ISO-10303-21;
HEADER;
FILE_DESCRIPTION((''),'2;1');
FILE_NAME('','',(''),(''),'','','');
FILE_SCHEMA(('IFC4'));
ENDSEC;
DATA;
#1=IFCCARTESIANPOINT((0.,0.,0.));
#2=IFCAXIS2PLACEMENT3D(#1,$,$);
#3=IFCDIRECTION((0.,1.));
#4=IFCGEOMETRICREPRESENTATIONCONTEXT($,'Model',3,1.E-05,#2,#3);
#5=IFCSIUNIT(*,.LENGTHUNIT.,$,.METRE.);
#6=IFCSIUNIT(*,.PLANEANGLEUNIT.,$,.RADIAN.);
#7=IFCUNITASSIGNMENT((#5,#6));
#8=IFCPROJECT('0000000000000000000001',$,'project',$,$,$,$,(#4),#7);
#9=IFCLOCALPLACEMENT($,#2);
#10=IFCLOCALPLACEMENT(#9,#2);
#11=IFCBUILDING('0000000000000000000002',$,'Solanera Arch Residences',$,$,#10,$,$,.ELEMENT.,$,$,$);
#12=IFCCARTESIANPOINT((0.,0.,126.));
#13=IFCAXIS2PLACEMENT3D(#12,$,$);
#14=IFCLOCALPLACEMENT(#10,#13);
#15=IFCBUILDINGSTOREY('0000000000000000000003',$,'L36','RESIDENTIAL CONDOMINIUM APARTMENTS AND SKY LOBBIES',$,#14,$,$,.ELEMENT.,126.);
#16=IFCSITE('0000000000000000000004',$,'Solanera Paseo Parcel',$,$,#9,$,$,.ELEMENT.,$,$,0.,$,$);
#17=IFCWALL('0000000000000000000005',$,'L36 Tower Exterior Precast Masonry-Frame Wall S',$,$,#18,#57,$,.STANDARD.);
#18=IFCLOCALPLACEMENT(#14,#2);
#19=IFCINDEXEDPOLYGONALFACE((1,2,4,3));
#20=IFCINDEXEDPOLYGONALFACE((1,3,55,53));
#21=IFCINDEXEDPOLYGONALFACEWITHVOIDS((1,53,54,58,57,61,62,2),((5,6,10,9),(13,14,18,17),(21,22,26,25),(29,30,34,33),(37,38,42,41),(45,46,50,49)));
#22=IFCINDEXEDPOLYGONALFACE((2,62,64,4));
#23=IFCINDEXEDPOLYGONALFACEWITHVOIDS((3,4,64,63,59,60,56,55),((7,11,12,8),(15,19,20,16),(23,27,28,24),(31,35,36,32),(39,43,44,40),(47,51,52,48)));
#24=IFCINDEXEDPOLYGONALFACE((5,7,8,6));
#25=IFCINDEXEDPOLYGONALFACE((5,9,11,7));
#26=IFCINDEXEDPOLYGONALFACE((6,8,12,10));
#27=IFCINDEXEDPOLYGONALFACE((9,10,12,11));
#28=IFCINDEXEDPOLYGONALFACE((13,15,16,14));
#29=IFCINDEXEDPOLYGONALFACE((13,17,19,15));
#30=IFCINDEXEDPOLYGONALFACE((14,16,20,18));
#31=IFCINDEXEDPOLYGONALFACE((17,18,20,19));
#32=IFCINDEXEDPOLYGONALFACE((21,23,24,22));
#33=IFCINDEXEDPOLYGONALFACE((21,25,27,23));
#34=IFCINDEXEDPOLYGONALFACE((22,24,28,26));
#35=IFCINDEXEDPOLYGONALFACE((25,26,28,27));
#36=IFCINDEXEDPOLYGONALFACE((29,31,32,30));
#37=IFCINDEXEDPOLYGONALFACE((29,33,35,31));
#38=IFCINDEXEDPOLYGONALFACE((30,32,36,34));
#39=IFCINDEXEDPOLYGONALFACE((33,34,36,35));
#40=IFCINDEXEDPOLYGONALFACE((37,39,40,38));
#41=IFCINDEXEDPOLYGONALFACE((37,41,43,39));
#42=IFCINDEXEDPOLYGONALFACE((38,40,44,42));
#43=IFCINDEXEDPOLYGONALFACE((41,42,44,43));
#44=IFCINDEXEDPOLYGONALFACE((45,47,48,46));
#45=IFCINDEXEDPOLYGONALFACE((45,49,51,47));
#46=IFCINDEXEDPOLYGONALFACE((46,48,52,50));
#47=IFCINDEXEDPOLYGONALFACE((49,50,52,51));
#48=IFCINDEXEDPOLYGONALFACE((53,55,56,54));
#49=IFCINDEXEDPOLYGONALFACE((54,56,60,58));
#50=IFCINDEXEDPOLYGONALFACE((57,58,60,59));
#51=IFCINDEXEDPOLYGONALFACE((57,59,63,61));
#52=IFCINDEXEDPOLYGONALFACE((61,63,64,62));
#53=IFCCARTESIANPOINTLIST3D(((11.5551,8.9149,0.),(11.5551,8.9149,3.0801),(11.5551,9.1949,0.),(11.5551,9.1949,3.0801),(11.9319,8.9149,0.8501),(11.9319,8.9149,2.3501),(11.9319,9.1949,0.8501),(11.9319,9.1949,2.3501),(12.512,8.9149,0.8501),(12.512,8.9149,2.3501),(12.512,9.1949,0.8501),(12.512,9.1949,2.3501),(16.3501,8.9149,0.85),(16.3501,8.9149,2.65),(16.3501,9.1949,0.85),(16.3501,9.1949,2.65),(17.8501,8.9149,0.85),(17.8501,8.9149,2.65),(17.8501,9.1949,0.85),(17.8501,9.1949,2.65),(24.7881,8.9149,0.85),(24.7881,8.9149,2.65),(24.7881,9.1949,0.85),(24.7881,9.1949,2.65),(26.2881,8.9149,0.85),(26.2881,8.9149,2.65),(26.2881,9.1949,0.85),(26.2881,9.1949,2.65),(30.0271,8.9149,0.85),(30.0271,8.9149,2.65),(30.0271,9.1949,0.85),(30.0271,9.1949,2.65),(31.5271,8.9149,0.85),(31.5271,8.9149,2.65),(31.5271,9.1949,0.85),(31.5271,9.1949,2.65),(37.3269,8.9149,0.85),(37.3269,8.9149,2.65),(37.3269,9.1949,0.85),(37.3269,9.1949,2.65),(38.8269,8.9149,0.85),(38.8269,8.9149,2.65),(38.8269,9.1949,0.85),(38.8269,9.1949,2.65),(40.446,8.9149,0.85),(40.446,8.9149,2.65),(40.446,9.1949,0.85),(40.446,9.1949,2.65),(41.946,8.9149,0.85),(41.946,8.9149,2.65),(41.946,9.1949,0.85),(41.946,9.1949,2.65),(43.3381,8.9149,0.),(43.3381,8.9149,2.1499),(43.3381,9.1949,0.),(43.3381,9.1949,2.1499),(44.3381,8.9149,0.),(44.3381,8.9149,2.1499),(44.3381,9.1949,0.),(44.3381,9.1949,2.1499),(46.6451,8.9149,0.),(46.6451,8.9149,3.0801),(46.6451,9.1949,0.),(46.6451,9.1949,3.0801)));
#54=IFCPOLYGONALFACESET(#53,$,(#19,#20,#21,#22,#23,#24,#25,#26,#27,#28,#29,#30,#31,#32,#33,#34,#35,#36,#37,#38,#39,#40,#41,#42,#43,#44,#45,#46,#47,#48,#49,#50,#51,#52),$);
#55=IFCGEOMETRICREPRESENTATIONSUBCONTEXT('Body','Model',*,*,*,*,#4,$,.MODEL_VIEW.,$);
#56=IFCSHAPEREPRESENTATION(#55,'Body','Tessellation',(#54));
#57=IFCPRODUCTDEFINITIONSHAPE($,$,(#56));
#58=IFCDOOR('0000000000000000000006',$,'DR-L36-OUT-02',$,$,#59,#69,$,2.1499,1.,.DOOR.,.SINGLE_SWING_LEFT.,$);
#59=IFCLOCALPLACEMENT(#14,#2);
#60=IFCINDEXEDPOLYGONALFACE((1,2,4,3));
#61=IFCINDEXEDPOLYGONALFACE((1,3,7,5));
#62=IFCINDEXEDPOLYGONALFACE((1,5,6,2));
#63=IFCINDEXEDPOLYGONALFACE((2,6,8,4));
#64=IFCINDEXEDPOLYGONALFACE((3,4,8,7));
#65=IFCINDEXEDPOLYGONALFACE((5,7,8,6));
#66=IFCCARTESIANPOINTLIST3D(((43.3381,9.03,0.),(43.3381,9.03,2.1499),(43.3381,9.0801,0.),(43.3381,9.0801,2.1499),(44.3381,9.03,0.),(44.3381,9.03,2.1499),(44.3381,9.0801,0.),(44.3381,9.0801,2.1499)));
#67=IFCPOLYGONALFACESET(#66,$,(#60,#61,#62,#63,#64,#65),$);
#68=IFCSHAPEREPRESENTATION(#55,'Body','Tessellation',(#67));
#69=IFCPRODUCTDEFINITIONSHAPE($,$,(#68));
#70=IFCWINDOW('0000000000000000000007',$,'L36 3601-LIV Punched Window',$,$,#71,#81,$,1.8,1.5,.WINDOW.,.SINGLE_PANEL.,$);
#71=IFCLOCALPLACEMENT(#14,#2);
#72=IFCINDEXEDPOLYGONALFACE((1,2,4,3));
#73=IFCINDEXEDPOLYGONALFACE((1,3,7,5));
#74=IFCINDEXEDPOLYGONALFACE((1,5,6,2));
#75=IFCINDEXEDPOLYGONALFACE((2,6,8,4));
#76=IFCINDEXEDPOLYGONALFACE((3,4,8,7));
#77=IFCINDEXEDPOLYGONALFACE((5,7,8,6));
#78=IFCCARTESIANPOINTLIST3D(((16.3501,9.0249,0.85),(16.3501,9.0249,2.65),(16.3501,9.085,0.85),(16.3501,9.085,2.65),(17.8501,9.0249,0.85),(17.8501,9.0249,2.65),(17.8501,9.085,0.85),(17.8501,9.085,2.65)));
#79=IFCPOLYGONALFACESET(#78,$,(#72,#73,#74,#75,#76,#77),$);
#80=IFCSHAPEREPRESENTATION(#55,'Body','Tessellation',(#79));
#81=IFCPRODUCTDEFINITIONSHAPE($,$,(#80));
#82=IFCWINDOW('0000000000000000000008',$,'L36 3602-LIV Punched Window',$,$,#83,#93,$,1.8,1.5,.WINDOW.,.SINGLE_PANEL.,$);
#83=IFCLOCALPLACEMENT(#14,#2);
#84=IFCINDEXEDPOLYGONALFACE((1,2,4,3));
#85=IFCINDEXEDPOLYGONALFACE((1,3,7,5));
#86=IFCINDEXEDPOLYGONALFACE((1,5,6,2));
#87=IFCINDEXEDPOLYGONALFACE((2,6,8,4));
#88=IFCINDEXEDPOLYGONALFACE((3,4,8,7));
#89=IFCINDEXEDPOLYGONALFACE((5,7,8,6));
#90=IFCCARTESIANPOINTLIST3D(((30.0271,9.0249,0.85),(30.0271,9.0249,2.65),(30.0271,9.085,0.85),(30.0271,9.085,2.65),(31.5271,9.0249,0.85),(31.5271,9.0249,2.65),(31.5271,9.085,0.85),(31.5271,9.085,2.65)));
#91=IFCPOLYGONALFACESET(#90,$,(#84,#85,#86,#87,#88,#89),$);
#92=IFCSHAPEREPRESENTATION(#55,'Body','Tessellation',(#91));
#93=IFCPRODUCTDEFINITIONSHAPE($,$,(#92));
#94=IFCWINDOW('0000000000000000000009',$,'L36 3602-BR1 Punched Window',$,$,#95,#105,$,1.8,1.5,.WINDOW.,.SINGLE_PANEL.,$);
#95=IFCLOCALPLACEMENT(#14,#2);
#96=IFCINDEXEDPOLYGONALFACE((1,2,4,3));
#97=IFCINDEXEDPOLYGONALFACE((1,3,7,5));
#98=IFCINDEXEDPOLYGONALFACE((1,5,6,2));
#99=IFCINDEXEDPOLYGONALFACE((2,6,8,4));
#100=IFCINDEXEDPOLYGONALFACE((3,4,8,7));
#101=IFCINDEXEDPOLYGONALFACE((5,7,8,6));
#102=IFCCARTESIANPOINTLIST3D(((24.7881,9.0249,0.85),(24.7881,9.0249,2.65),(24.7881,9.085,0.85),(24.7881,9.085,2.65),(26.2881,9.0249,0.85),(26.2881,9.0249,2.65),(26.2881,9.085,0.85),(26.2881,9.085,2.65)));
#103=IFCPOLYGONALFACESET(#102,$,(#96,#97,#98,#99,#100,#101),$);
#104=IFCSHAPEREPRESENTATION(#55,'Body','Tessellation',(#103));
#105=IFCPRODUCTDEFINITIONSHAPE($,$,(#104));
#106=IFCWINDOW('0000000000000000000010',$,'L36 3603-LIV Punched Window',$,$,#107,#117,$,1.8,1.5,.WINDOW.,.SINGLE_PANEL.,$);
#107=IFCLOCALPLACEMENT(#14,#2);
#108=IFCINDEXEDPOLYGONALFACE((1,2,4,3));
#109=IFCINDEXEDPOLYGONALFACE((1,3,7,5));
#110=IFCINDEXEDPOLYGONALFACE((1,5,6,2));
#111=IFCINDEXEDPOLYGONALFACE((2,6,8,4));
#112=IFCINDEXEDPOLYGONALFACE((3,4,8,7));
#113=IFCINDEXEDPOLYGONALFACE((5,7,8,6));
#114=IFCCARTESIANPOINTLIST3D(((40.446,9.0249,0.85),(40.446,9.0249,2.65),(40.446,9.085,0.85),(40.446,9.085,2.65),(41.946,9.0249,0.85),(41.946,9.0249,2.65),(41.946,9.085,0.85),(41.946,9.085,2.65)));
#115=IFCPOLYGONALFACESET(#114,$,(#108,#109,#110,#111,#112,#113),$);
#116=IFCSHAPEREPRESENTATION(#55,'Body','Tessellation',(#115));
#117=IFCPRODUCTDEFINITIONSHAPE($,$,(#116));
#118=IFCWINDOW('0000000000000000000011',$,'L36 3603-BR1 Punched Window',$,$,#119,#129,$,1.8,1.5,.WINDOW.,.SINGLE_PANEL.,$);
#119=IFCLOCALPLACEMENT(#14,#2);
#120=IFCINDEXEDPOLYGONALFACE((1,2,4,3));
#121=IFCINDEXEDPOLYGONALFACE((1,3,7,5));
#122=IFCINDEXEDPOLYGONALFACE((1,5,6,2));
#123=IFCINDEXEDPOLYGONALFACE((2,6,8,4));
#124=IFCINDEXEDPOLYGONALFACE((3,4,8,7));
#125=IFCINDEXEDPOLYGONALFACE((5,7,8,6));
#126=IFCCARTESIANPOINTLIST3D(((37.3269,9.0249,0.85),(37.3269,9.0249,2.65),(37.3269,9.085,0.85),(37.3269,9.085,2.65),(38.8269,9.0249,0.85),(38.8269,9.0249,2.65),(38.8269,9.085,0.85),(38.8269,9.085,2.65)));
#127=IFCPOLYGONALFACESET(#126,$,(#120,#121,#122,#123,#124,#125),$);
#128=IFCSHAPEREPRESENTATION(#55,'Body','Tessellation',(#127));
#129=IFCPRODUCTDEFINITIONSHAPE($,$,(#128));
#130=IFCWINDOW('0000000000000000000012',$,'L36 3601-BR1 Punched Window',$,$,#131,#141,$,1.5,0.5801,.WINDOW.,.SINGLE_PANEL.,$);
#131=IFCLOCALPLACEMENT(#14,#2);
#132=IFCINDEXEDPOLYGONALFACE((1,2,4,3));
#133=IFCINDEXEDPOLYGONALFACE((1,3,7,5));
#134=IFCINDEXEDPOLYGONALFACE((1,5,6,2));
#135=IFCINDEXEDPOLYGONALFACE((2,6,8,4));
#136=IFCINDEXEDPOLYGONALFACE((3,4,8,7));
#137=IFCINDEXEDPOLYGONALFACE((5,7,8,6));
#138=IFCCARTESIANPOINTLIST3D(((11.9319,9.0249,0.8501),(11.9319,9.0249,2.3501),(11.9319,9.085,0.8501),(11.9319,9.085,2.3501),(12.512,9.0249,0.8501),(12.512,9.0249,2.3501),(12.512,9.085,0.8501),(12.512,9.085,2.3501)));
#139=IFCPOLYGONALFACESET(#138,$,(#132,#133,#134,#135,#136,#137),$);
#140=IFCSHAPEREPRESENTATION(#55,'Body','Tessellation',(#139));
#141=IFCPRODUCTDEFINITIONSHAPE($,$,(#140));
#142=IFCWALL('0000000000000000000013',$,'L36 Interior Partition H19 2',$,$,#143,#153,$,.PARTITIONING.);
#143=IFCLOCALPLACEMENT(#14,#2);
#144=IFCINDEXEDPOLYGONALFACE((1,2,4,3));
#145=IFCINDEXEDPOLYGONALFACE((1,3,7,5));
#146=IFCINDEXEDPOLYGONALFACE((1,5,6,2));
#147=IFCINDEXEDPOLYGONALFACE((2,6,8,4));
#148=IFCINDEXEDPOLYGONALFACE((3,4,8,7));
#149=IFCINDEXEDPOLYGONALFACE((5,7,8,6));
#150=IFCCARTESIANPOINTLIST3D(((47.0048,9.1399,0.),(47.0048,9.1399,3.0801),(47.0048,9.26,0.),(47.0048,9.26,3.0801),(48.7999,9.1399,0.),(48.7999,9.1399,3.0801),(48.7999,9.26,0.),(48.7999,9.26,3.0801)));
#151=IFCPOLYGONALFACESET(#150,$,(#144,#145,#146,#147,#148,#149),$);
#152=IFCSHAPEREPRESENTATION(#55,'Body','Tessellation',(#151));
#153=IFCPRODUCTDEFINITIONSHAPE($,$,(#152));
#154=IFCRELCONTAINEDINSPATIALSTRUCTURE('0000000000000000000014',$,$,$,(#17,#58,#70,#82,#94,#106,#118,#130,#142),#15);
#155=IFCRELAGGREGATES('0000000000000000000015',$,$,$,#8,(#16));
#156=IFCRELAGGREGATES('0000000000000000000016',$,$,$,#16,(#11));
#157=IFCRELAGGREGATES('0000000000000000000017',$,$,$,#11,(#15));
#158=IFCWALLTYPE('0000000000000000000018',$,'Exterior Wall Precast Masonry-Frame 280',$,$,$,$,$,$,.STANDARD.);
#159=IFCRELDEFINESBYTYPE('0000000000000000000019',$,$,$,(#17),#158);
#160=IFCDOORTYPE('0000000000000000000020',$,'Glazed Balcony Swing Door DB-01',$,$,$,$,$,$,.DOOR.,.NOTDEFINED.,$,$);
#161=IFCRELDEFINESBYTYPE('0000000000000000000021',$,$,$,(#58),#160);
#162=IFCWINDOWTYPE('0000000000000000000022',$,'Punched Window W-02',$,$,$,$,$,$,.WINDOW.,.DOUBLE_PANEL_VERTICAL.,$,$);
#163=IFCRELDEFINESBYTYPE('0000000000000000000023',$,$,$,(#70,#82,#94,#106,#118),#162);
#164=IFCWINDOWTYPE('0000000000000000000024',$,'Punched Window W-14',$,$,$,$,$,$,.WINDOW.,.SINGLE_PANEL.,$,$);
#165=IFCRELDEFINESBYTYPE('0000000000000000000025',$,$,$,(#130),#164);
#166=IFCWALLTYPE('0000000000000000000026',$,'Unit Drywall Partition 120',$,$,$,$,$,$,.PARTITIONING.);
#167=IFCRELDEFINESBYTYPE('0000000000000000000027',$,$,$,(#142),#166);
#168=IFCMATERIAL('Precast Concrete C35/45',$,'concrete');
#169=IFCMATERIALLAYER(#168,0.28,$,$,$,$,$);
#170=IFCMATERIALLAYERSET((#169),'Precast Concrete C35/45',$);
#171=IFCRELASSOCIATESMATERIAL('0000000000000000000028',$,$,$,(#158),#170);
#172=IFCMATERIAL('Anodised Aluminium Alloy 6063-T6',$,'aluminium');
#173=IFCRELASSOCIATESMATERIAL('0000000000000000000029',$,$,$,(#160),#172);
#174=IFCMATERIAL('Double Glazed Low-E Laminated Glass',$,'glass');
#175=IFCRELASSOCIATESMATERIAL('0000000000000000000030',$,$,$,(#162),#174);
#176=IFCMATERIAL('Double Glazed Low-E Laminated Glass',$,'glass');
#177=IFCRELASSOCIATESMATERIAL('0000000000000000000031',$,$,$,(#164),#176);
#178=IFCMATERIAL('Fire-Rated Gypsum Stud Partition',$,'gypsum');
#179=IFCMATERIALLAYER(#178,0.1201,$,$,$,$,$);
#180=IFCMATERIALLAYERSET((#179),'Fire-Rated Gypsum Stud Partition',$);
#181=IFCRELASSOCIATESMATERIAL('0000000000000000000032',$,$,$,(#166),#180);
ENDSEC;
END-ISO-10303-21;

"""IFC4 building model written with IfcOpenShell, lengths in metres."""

from ifc_helpers import new_model, si_unit, direction, frame, frame_2d, origin, place, context, subcontext, project, spatial, rectangle, extrude, material, layer, layer_set, type_object, element, fill, save


model = new_model("IFC4")

# Units and contexts
model_context = context("Model", 3, precision=1e-05, world=origin(), true_north=direction((0.0, 1.0)))
body_context = subcontext(model_context, "Body", "Model", "MODEL_VIEW")
ifc_project = project(units=[si_unit("LENGTHUNIT", "METRE"), si_unit("PLANEANGLEUNIT", "RADIAN")], contexts=[model_context])

# Site, building, storey
site_placement = place(None, origin())
site = spatial("IfcSite", under=ifc_project, at=site_placement, Name="Solanera Paseo Parcel", CompositionType="ELEMENT", RefElevation=0.0)
building_placement = place(site_placement, origin())
building = spatial("IfcBuilding", under=site, at=building_placement, Name="Solanera Arch Residences", CompositionType="ELEMENT")
storey_placement = place(building_placement, frame((0.0, 0.0, 126.0)))
storey = spatial("IfcBuildingStorey", under=building, at=storey_placement, Name="L36", Description="RESIDENTIAL CONDOMINIUM APARTMENTS AND SKY LOBBIES", CompositionType="ELEMENT", Elevation=126.0)

# Shared definitions
ifc_material_1 = material(Name="Precast Concrete C35/45", Category="concrete")
ifc_layer_1 = layer(ifc_material_1, 0.28)
ifc_layer_set_1 = layer_set([ifc_layer_1], Name="Precast Concrete C35/45")
wall_type_1 = type_object("IfcWallType", Name="Exterior Wall Precast Masonry-Frame 280", PredefinedType="STANDARD", material=ifc_layer_set_1)

# Wall, openings, door, windows
wall_1_placement = place(storey_placement, frame((46.645, 9.0549, 0.0), z_axis=(0.0, 0.0, 1.0), x_axis=(-1.0, 0.0, 0.0)))
wall_1 = element("IfcWall", 1, at=wall_1_placement, inside=storey, type_object=wall_type_1, Name="L36 Tower Exterior Precast Masonry-Frame Wall S", PredefinedType="STANDARD", context=body_context, shape_type="SweptSolid", body=[
    extrude(rectangle(XDim=35.0901, YDim=0.28, at=frame_2d((17.5449, 0.0))), origin(), (0.0, 0.0, 1.0), 3.0801),
])
opening_1_placement = place(wall_1_placement, frame((2.3069, 0.0, 0.0)))
opening_1 = element("IfcOpeningElement", 2, at=opening_1_placement, cuts=wall_1, PredefinedType="OPENING", context=body_context, shape_type="SweptSolid", body=[
    extrude(rectangle(XDim=1.0, YDim=2.1499, at=frame_2d((0.5, 1.075))), frame((0.0, 0.1499, 0.0), z_axis=(0.0, -1.0, 0.0), x_axis=(1.0, 0.0, 0.0)), (0.0, 0.0, 1.0), 0.3),
])
opening_2_placement = place(wall_1_placement, frame((28.7949, 0.0, 0.8501)))
opening_2 = element("IfcOpeningElement", 3, at=opening_2_placement, cuts=wall_1, PredefinedType="OPENING", context=body_context, shape_type="SweptSolid", body=[
    extrude(rectangle(XDim=1.5, YDim=1.8, at=frame_2d((0.75, 0.8999))), frame((0.0, 0.1499, 0.0), z_axis=(0.0, -1.0, 0.0), x_axis=(1.0, 0.0, 0.0)), (0.0, 0.0, 1.0), 0.3),
])
opening_3_placement = place(wall_1_placement, frame((34.1331, 0.0, 0.8501)))
opening_3 = element("IfcOpeningElement", 4, at=opening_3_placement, cuts=wall_1, PredefinedType="OPENING", context=body_context, shape_type="SweptSolid", body=[
    extrude(rectangle(XDim=0.5801, YDim=1.5, at=frame_2d((0.29, 0.75))), frame((0.0, 0.1499, 0.0), z_axis=(0.0, -1.0, 0.0), x_axis=(1.0, 0.0, 0.0)), (0.0, 0.0, 1.0), 0.3),
])
opening_4_placement = place(wall_1_placement, frame((15.1179, 0.0, 0.8501)))
opening_4 = element("IfcOpeningElement", 5, at=opening_4_placement, cuts=wall_1, PredefinedType="OPENING", context=body_context, shape_type="SweptSolid", body=[
    extrude(rectangle(XDim=1.5, YDim=1.8, at=frame_2d((0.75, 0.8999))), frame((0.0, 0.1499, 0.0), z_axis=(0.0, -1.0, 0.0), x_axis=(1.0, 0.0, 0.0)), (0.0, 0.0, 1.0), 0.3),
])
opening_5_placement = place(wall_1_placement, frame((20.3569, 0.0, 0.8501)))
opening_5 = element("IfcOpeningElement", 6, at=opening_5_placement, cuts=wall_1, PredefinedType="OPENING", context=body_context, shape_type="SweptSolid", body=[
    extrude(rectangle(XDim=1.5, YDim=1.8, at=frame_2d((0.75, 0.8999))), frame((0.0, 0.1499, 0.0), z_axis=(0.0, -1.0, 0.0), x_axis=(1.0, 0.0, 0.0)), (0.0, 0.0, 1.0), 0.3),
])
opening_6_placement = place(wall_1_placement, frame((4.699, 0.0, 0.8501)))
opening_6 = element("IfcOpeningElement", 7, at=opening_6_placement, cuts=wall_1, PredefinedType="OPENING", context=body_context, shape_type="SweptSolid", body=[
    extrude(rectangle(XDim=1.5, YDim=1.8, at=frame_2d((0.75, 0.8999))), frame((0.0, 0.1499, 0.0), z_axis=(0.0, -1.0, 0.0), x_axis=(1.0, 0.0, 0.0)), (0.0, 0.0, 1.0), 0.3),
])
opening_7_placement = place(wall_1_placement, frame((7.8181, 0.0, 0.8501)))
opening_7 = element("IfcOpeningElement", 8, at=opening_7_placement, cuts=wall_1, PredefinedType="OPENING", context=body_context, shape_type="SweptSolid", body=[
    extrude(rectangle(XDim=1.5, YDim=1.8, at=frame_2d((0.75, 0.8999))), frame((0.0, 0.1499, 0.0), z_axis=(0.0, -1.0, 0.0), x_axis=(1.0, 0.0, 0.0)), (0.0, 0.0, 1.0), 0.3),
])
ifc_material_2 = material(Name="Anodised Aluminium Alloy 6063-T6", Category="aluminium")
door_type_1 = type_object("IfcDoorType", Name="Glazed Balcony Swing Door DB-01", OperationType="NOTDEFINED", PredefinedType="DOOR", material=ifc_material_2)
door_1_placement = place(opening_1_placement, origin())
door_1 = element("IfcDoor", 9, at=door_1_placement, inside=storey, type_object=door_type_1, Name="DR-L36-OUT-02", OperationType="SINGLE_SWING_LEFT", OverallHeight=2.1499, OverallWidth=1.0, PredefinedType="DOOR", context=body_context, shape_type="SweptSolid", body=[
    extrude(rectangle(XDim=1.0, YDim=2.1499, at=frame_2d((0.5, 1.075))), frame((0.0, 0.0249, 0.0), z_axis=(0.0, -1.0, 0.0), x_axis=(1.0, 0.0, 0.0)), (0.0, 0.0, 1.0), 0.05),
])
fill(opening_1, door_1)
ifc_material_3 = material(Name="Double Glazed Low-E Laminated Glass", Category="glass")
window_type_1 = type_object("IfcWindowType", Name="Punched Window W-02", PartitioningType="DOUBLE_PANEL_VERTICAL", PredefinedType="WINDOW", material=ifc_material_3)
window_1_placement = place(opening_2_placement, origin())
window_1 = element("IfcWindow", 10, at=window_1_placement, inside=storey, type_object=window_type_1, Name="L36 3601-LIV Punched Window", OverallHeight=1.8, OverallWidth=1.5, PartitioningType="SINGLE_PANEL", PredefinedType="WINDOW", context=body_context, shape_type="SweptSolid", body=[
    extrude(rectangle(XDim=1.5, YDim=1.8, at=frame_2d((0.75, 0.8999))), frame((0.0, 0.03, 0.0), z_axis=(0.0, -1.0, 0.0), x_axis=(1.0, 0.0, 0.0)), (0.0, 0.0, 1.0), 0.0601),
])
fill(opening_2, window_1)
window_2_placement = place(opening_4_placement, origin())
window_2 = element("IfcWindow", 11, at=window_2_placement, inside=storey, type_object=window_type_1, Name="L36 3602-LIV Punched Window", OverallHeight=1.8, OverallWidth=1.5, PartitioningType="SINGLE_PANEL", PredefinedType="WINDOW", context=body_context, shape_type="SweptSolid", body=[
    extrude(rectangle(XDim=1.5, YDim=1.8, at=frame_2d((0.75, 0.8999))), frame((0.0, 0.03, 0.0), z_axis=(0.0, -1.0, 0.0), x_axis=(1.0, 0.0, 0.0)), (0.0, 0.0, 1.0), 0.0601),
])
fill(opening_4, window_2)
window_3_placement = place(opening_5_placement, origin())
window_3 = element("IfcWindow", 12, at=window_3_placement, inside=storey, type_object=window_type_1, Name="L36 3602-BR1 Punched Window", OverallHeight=1.8, OverallWidth=1.5, PartitioningType="SINGLE_PANEL", PredefinedType="WINDOW", context=body_context, shape_type="SweptSolid", body=[
    extrude(rectangle(XDim=1.5, YDim=1.8, at=frame_2d((0.75, 0.8999))), frame((0.0, 0.03, 0.0), z_axis=(0.0, -1.0, 0.0), x_axis=(1.0, 0.0, 0.0)), (0.0, 0.0, 1.0), 0.0601),
])
fill(opening_5, window_3)
window_4_placement = place(opening_6_placement, origin())
window_4 = element("IfcWindow", 13, at=window_4_placement, inside=storey, type_object=window_type_1, Name="L36 3603-LIV Punched Window", OverallHeight=1.8, OverallWidth=1.5, PartitioningType="SINGLE_PANEL", PredefinedType="WINDOW", context=body_context, shape_type="SweptSolid", body=[
    extrude(rectangle(XDim=1.5, YDim=1.8, at=frame_2d((0.75, 0.8999))), frame((0.0, 0.03, 0.0), z_axis=(0.0, -1.0, 0.0), x_axis=(1.0, 0.0, 0.0)), (0.0, 0.0, 1.0), 0.0601),
])
fill(opening_6, window_4)
window_5_placement = place(opening_7_placement, origin())
window_5 = element("IfcWindow", 14, at=window_5_placement, inside=storey, type_object=window_type_1, Name="L36 3603-BR1 Punched Window", OverallHeight=1.8, OverallWidth=1.5, PartitioningType="SINGLE_PANEL", PredefinedType="WINDOW", context=body_context, shape_type="SweptSolid", body=[
    extrude(rectangle(XDim=1.5, YDim=1.8, at=frame_2d((0.75, 0.8999))), frame((0.0, 0.03, 0.0), z_axis=(0.0, -1.0, 0.0), x_axis=(1.0, 0.0, 0.0)), (0.0, 0.0, 1.0), 0.0601),
])
fill(opening_7, window_5)
ifc_material_4 = material(Name="Double Glazed Low-E Laminated Glass", Category="glass")
window_type_2 = type_object("IfcWindowType", Name="Punched Window W-14", PartitioningType="SINGLE_PANEL", PredefinedType="WINDOW", material=ifc_material_4)
window_6_placement = place(opening_3_placement, origin())
window_6 = element("IfcWindow", 15, at=window_6_placement, inside=storey, type_object=window_type_2, Name="L36 3601-BR1 Punched Window", OverallHeight=1.5, OverallWidth=0.5801, PartitioningType="SINGLE_PANEL", PredefinedType="WINDOW", context=body_context, shape_type="SweptSolid", body=[
    extrude(rectangle(XDim=0.5801, YDim=1.5, at=frame_2d((0.29, 0.75))), frame((0.0, 0.03, 0.0), z_axis=(0.0, -1.0, 0.0), x_axis=(1.0, 0.0, 0.0)), (0.0, 0.0, 1.0), 0.0601),
])
fill(opening_3, window_6)

# Wall
ifc_material_5 = material(Name="Fire-Rated Gypsum Stud Partition", Category="gypsum")
ifc_layer_2 = layer(ifc_material_5, 0.1201)
ifc_layer_set_2 = layer_set([ifc_layer_2], Name="Fire-Rated Gypsum Stud Partition")
wall_type_2 = type_object("IfcWallType", Name="Unit Drywall Partition 120", PredefinedType="PARTITIONING", material=ifc_layer_set_2)
wall_2_placement = place(storey_placement, frame((47.0049, 9.2, 0.0), z_axis=(0.0, 0.0, 1.0), x_axis=(1.0, 0.0, 0.0)))
element("IfcWall", 16, at=wall_2_placement, inside=storey, type_object=wall_type_2, Name="L36 Interior Partition H19 2", PredefinedType="PARTITIONING", context=body_context, shape_type="SweptSolid", body=[
    extrude(rectangle(XDim=1.7952, YDim=0.1201, at=frame_2d((0.8975, 0.0))), origin(), (0.0, 0.0, 1.0), 3.0801),
])

save(model, "model.ifc")
